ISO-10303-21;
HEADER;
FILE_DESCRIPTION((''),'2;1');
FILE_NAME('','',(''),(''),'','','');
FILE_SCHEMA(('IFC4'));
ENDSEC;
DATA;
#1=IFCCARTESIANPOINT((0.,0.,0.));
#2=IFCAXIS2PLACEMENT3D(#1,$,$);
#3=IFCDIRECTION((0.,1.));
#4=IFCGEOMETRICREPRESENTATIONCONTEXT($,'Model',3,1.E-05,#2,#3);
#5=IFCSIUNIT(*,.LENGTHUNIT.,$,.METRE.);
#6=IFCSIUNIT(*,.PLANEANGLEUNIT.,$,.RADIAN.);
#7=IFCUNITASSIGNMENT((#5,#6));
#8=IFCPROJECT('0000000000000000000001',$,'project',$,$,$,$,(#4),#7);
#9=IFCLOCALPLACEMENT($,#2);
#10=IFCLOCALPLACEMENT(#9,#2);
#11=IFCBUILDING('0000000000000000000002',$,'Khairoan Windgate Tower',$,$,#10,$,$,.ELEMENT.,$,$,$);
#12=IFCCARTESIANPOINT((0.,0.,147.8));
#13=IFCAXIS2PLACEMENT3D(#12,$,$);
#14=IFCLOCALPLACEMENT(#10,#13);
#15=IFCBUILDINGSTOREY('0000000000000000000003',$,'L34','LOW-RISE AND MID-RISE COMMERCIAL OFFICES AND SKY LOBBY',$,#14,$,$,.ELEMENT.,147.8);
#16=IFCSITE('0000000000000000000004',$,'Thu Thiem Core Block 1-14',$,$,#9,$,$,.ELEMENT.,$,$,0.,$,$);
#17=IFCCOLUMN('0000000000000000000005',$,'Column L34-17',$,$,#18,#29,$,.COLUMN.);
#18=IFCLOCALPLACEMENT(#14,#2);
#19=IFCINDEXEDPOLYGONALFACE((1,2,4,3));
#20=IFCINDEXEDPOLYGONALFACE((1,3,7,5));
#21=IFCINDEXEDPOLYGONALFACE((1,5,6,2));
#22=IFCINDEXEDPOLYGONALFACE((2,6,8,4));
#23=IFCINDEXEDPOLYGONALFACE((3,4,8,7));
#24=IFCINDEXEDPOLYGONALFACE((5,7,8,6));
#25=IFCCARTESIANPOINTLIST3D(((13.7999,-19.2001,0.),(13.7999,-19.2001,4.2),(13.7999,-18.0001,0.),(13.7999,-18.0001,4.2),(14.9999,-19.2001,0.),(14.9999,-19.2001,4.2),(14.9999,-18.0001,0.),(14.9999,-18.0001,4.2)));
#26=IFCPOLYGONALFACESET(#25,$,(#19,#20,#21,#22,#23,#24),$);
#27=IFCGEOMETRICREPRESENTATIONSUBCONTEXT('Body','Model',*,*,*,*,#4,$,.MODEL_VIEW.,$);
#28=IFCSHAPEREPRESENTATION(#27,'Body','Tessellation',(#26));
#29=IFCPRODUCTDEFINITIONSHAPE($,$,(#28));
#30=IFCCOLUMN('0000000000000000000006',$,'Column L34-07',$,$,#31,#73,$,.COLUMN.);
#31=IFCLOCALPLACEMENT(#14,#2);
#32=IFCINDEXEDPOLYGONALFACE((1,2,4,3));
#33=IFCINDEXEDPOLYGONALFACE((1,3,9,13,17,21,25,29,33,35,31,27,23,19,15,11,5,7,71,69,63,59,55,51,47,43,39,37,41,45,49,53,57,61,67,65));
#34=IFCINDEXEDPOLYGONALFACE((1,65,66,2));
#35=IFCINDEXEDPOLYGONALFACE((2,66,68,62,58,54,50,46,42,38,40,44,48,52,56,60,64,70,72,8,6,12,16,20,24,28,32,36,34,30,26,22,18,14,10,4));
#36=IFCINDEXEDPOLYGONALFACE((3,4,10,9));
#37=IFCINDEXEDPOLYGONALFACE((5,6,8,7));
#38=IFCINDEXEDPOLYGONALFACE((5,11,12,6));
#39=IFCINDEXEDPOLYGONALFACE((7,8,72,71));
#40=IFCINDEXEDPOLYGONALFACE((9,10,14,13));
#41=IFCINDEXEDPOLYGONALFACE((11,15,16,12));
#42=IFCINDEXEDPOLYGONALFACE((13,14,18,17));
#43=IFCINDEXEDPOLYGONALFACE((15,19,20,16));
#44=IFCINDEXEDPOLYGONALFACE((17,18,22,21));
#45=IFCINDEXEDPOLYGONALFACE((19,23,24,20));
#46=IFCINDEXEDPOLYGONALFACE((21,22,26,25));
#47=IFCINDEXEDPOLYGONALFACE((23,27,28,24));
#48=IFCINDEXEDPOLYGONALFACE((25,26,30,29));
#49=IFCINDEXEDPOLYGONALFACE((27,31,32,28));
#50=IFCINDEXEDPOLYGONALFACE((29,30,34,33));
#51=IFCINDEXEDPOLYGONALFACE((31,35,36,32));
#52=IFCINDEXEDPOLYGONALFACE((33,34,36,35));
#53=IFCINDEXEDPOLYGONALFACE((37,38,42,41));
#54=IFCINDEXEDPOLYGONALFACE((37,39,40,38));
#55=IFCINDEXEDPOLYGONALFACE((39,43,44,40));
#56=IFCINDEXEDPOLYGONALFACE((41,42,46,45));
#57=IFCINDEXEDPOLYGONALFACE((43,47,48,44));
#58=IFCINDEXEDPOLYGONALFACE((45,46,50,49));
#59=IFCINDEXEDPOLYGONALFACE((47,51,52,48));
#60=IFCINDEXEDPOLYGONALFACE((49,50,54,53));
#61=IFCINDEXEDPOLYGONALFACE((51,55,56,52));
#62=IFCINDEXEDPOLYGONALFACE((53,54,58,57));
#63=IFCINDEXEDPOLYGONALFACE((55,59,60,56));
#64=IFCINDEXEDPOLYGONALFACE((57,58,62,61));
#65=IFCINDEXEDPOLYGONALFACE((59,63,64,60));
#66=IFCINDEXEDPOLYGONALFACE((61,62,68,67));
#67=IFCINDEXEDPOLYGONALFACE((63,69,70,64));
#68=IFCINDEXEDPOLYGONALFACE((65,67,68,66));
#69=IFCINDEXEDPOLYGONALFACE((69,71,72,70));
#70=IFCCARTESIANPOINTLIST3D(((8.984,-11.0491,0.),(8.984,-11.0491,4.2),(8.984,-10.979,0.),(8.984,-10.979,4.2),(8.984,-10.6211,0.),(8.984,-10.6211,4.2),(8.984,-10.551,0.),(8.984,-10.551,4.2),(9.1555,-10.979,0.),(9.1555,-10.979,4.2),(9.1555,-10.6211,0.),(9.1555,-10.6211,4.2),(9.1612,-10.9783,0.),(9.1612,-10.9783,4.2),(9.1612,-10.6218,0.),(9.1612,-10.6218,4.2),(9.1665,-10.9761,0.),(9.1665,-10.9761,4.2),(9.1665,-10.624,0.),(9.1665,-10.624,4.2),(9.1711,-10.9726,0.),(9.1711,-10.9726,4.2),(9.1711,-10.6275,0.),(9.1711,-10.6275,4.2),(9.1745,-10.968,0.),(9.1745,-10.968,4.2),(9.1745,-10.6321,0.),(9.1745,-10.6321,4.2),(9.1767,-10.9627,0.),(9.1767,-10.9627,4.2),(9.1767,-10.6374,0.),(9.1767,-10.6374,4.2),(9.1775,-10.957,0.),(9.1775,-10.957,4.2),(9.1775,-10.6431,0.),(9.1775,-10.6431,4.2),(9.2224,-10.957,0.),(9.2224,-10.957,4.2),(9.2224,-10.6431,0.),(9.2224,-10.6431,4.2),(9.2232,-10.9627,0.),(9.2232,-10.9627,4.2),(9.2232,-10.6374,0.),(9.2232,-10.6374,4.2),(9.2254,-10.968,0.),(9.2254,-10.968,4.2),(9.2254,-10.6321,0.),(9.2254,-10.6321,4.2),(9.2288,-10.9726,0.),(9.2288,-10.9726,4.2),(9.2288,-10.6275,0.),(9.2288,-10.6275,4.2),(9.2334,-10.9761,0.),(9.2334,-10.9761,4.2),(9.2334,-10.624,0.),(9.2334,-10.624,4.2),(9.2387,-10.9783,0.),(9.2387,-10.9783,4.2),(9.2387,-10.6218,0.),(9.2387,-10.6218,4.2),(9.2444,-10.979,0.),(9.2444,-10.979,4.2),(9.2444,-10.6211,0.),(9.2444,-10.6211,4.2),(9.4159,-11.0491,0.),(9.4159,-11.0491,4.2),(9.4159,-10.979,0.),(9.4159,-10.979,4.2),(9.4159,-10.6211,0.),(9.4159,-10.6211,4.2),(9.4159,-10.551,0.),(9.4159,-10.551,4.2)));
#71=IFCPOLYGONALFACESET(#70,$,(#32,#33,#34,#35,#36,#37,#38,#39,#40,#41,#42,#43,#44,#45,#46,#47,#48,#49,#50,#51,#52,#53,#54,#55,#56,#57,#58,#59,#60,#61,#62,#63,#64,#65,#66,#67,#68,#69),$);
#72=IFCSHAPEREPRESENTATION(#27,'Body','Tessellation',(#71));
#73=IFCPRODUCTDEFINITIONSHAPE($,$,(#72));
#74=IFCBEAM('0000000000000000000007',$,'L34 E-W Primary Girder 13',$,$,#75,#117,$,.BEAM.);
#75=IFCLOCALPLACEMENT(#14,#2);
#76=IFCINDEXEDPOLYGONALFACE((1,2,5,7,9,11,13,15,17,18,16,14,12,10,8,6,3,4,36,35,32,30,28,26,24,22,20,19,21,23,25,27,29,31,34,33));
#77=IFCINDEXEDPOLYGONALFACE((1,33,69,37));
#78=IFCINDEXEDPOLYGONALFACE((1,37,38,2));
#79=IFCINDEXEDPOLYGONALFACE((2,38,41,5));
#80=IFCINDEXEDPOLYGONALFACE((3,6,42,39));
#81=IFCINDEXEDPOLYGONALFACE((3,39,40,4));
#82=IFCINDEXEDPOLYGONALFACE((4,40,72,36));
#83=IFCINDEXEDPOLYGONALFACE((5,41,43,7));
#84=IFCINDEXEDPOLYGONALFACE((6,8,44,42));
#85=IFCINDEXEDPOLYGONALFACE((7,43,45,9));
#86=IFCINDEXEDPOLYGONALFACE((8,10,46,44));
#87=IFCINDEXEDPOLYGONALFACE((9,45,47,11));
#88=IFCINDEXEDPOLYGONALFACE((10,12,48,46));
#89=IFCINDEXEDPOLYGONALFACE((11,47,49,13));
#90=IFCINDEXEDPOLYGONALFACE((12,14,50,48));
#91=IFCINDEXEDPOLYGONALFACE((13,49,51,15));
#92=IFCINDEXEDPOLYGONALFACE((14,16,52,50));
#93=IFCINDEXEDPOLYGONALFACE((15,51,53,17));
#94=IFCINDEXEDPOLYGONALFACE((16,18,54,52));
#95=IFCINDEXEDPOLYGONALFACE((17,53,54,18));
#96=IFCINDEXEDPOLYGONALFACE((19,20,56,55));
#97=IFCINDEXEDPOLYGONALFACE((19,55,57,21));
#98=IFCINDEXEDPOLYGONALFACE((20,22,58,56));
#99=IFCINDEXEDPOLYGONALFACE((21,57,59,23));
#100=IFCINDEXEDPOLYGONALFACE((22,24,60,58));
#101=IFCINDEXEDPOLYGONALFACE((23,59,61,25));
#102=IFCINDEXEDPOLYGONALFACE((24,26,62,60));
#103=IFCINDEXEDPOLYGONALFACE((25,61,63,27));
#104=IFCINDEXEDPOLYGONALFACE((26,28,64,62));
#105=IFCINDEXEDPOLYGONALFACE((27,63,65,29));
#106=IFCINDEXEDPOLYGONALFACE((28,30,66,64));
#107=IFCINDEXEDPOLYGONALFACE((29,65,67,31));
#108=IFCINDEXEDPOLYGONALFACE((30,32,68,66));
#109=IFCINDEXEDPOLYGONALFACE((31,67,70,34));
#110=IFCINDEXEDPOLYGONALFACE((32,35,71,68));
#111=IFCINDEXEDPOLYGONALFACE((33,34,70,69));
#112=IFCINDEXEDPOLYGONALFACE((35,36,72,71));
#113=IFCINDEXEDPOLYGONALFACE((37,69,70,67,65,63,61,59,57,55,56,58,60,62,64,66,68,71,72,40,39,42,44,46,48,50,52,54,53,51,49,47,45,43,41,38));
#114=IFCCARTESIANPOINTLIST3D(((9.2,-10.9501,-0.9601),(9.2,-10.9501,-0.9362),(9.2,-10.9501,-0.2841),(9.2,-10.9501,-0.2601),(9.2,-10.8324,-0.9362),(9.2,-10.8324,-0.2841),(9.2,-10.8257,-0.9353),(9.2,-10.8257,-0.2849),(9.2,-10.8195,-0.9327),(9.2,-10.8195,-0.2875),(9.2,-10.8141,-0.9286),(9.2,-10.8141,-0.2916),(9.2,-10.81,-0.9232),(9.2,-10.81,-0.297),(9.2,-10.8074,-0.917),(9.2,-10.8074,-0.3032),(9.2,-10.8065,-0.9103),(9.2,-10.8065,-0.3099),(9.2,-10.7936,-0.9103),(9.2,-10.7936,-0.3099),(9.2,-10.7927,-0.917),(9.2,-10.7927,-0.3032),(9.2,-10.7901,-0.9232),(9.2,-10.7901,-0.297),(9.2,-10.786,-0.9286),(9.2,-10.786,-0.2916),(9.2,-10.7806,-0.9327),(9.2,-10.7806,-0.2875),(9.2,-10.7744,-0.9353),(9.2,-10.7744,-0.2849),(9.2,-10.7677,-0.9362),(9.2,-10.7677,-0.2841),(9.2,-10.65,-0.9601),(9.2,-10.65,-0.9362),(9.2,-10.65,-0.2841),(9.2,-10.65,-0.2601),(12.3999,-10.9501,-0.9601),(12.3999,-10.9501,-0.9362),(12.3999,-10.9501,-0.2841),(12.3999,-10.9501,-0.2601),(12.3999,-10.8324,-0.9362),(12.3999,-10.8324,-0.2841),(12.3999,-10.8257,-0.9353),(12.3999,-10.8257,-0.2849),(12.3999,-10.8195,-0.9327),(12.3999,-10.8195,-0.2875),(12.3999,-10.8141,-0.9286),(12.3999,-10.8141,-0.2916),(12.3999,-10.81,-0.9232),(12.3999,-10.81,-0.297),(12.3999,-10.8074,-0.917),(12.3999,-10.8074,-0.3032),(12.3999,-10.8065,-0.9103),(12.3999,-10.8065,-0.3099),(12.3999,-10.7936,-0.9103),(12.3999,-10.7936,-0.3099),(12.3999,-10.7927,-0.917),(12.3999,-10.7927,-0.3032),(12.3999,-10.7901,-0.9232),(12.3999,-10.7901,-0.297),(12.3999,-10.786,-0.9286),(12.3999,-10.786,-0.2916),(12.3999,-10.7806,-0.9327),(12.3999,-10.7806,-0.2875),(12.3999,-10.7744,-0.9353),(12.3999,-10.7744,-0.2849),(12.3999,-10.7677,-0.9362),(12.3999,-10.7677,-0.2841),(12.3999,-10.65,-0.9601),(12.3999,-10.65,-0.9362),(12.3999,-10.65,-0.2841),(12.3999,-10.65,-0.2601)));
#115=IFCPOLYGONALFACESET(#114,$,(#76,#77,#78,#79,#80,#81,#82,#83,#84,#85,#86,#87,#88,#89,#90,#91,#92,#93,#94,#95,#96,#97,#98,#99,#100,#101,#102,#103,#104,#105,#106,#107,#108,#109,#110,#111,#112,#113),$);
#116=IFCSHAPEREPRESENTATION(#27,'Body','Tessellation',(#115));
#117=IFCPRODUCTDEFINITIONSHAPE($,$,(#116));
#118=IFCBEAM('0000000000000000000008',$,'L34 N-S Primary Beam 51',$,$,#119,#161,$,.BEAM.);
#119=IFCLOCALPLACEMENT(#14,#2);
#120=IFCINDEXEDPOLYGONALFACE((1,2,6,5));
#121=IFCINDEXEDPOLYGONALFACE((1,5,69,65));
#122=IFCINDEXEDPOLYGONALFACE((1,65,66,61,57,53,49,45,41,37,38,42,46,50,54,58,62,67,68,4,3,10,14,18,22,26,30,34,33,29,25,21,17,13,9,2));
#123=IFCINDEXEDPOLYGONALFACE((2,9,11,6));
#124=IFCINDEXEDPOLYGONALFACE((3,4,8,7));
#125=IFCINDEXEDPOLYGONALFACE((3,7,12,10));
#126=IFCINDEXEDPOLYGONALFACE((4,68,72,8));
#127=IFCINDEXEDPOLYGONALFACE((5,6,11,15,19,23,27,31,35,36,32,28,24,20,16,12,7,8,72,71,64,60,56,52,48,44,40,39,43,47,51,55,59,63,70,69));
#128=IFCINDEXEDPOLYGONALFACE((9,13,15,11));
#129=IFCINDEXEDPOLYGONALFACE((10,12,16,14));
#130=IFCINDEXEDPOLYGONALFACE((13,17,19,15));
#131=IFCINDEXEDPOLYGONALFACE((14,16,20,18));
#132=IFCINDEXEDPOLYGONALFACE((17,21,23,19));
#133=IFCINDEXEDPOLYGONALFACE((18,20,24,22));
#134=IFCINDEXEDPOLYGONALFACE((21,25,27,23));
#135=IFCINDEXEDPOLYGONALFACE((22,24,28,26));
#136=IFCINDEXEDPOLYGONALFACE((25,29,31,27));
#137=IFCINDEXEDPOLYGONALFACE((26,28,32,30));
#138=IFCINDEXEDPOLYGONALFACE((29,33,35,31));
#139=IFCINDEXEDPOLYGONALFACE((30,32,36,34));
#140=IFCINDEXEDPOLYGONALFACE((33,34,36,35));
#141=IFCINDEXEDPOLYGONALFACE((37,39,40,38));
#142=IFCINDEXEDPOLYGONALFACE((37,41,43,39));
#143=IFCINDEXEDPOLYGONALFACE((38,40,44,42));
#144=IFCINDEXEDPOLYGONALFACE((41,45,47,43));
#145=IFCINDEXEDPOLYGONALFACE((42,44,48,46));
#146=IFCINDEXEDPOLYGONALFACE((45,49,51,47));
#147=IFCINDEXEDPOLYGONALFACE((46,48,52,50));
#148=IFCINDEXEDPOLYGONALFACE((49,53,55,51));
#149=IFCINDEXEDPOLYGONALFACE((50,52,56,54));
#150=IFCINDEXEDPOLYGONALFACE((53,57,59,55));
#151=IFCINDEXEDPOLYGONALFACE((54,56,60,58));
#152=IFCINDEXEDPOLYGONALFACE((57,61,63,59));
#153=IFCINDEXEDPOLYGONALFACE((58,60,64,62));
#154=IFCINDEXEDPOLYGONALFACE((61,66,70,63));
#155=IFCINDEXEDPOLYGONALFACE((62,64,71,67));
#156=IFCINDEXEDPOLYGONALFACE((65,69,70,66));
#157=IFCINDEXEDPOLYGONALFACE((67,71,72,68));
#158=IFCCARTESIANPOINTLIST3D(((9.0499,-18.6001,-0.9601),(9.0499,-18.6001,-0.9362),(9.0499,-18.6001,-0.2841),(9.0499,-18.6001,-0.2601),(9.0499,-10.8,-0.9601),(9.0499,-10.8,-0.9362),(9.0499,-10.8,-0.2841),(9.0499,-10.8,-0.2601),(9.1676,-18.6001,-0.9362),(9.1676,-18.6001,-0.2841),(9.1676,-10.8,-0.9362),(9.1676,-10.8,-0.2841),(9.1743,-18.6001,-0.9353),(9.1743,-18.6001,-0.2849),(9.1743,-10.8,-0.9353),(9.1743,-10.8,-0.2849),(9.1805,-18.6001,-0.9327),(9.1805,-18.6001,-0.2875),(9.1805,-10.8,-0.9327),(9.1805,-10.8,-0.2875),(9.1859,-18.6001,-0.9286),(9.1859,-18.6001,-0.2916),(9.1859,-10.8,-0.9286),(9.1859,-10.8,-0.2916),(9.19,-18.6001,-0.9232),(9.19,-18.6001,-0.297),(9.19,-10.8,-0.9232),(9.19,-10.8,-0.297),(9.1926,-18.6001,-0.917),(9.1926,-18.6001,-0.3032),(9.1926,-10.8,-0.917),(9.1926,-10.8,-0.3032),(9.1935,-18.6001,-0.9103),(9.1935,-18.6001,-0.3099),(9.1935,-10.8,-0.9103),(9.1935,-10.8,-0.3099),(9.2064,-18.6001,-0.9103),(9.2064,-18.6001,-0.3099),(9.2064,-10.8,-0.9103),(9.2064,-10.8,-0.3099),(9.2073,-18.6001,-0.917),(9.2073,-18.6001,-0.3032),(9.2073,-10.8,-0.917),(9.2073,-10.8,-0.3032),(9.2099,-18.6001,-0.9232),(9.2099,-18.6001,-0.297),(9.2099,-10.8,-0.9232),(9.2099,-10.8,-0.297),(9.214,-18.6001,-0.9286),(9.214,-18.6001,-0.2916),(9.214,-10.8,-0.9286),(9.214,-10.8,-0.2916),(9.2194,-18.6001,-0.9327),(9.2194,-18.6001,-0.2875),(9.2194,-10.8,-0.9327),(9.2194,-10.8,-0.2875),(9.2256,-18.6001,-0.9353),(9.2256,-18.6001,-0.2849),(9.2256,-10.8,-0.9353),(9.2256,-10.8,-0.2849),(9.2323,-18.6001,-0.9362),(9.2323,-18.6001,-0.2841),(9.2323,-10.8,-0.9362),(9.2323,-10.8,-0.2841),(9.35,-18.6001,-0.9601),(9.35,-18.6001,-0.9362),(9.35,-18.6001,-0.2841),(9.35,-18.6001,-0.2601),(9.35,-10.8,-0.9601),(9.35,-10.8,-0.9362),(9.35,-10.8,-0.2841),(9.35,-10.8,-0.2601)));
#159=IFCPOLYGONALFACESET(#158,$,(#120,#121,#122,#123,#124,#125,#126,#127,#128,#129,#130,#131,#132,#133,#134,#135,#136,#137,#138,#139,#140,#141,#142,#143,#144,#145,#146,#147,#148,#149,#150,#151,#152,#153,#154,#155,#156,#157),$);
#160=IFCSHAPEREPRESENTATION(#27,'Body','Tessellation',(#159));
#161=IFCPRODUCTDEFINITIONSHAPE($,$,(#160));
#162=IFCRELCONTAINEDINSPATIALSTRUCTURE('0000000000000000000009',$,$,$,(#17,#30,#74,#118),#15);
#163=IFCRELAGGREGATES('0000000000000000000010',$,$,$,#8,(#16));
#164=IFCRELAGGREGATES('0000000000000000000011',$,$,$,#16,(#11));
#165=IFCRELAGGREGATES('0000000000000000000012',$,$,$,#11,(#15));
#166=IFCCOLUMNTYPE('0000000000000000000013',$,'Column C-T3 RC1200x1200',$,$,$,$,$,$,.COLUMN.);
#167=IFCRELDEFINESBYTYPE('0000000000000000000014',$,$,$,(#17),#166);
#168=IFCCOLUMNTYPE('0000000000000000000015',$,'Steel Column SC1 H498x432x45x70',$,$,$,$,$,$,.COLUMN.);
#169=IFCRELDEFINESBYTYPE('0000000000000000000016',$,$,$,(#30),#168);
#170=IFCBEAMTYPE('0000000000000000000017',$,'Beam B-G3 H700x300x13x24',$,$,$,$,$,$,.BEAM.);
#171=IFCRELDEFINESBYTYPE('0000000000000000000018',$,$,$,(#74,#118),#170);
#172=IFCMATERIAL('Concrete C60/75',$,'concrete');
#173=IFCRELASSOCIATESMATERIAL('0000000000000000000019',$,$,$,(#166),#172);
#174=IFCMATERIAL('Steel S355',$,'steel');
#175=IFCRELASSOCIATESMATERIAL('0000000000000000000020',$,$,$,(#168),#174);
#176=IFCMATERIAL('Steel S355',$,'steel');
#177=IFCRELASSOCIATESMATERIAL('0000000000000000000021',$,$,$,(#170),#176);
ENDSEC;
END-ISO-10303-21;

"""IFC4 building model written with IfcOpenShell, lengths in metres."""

from ifc_helpers import new_model, si_unit, direction, frame, origin, origin_2d, place, context, subcontext, project, spatial, rectangle, i_section, extrude, material, material_profile, profile_set, type_object, element, save


model = new_model("IFC4")

# Units and contexts
model_context = context("Model", 3, precision=1e-05, world=origin(), true_north=direction((0.0, 1.0)))
body_context = subcontext(model_context, "Body", "Model", "MODEL_VIEW")
ifc_project = project(units=[si_unit("LENGTHUNIT", "METRE"), si_unit("PLANEANGLEUNIT", "RADIAN")], contexts=[model_context])

# Site, building, storey
site_placement = place(None, origin())
site = spatial("IfcSite", under=ifc_project, at=site_placement, Name="Thu Thiem Core Block 1-14", CompositionType="ELEMENT", RefElevation=0.0)
building_placement = place(site_placement, origin())
building = spatial("IfcBuilding", under=site, at=building_placement, Name="Khairoan Windgate Tower", CompositionType="ELEMENT")
storey_placement = place(building_placement, frame((0.0, 0.0, 147.8)))
storey = spatial("IfcBuildingStorey", under=building, at=storey_placement, Name="L34", Description="LOW-RISE AND MID-RISE COMMERCIAL OFFICES AND SKY LOBBY", CompositionType="ELEMENT", Elevation=147.8)

# Columns
ifc_material_1 = material(Name="Concrete C60/75", Category="concrete")
ifc_material_profile_1 = material_profile(ifc_material_1, rectangle(XDim=1.2, YDim=1.2, at=origin_2d()))
ifc_profile_set_1 = profile_set([ifc_material_profile_1], Name="Concrete C60/75")
column_type_1 = type_object("IfcColumnType", Name="Column C-T3 RC1200x1200", PredefinedType="COLUMN", material=ifc_profile_set_1)
column_1_placement = place(storey_placement, frame((14.3999, -18.6001, 0.0), z_axis=(0.0, 0.0, 1.0), x_axis=(1.0, 0.0, 0.0)))
element("IfcColumn", 1, at=column_1_placement, inside=storey, type_object=column_type_1, Name="Column L34-17", PredefinedType="COLUMN", context=body_context, shape_type="SweptSolid", body=[
    extrude(rectangle(XDim=1.2, YDim=1.2, at=origin_2d()), origin(), (0.0, 0.0, 1.0), 4.2),
])
ifc_material_2 = material(Name="Steel S355", Category="steel")
ifc_material_profile_2 = material_profile(ifc_material_2, i_section(OverallWidth=0.4319, OverallDepth=0.498, WebThickness=0.0449, FlangeThickness=0.0701, FilletRadius=0.022, at=origin_2d()))
ifc_profile_set_2 = profile_set([ifc_material_profile_2], Name="Steel S355")
column_type_2 = type_object("IfcColumnType", Name="Steel Column SC1 H498x432x45x70", PredefinedType="COLUMN", material=ifc_profile_set_2)
column_2_placement = place(storey_placement, frame((9.2, -10.8, 0.0), z_axis=(0.0, 0.0, 1.0), x_axis=(1.0, 0.0, 0.0)))
element("IfcColumn", 2, at=column_2_placement, inside=storey, type_object=column_type_2, Name="Column L34-07", PredefinedType="COLUMN", context=body_context, shape_type="SweptSolid", body=[
    extrude(i_section(OverallWidth=0.4319, OverallDepth=0.498, WebThickness=0.0449, FlangeThickness=0.0701, FilletRadius=0.022, at=origin_2d()), origin(), (0.0, 0.0, 1.0), 4.2),
])

# Beams
ifc_material_3 = material(Name="Steel S355", Category="steel")
ifc_material_profile_3 = material_profile(ifc_material_3, i_section(OverallWidth=0.3, OverallDepth=0.7, WebThickness=0.0129, FlangeThickness=0.0239, FilletRadius=0.0259, at=origin_2d()))
ifc_profile_set_3 = profile_set([ifc_material_profile_3], Name="Steel S355")
beam_type_1 = type_object("IfcBeamType", Name="Beam B-G3 H700x300x13x24", PredefinedType="BEAM", material=ifc_profile_set_3)
beam_1_placement = place(storey_placement, frame((9.2, -10.8, -0.6101), z_axis=(1.0, 0.0, 0.0), x_axis=(0.0, 1.0, 0.0)))
element("IfcBeam", 3, at=beam_1_placement, inside=storey, type_object=beam_type_1, Name="L34 E-W Primary Girder 13", PredefinedType="BEAM", context=body_context, shape_type="SweptSolid", body=[
    extrude(i_section(OverallWidth=0.3, OverallDepth=0.7, WebThickness=0.0129, FlangeThickness=0.0239, FilletRadius=0.0259, at=origin_2d()), origin(), (0.0, 0.0, 1.0), 3.2),
])
beam_2_placement = place(storey_placement, frame((9.2, -18.6001, -0.6101), z_axis=(0.0, 1.0, 0.0), x_axis=(-1.0, 0.0, 0.0)))
element("IfcBeam", 4, at=beam_2_placement, inside=storey, type_object=beam_type_1, Name="L34 N-S Primary Beam 51", PredefinedType="BEAM", context=body_context, shape_type="SweptSolid", body=[
    extrude(i_section(OverallWidth=0.3, OverallDepth=0.7, WebThickness=0.0129, FlangeThickness=0.0239, FilletRadius=0.0259, at=origin_2d()), origin(), (0.0, 0.0, 1.0), 7.8),
])

save(model, "model.ifc")
